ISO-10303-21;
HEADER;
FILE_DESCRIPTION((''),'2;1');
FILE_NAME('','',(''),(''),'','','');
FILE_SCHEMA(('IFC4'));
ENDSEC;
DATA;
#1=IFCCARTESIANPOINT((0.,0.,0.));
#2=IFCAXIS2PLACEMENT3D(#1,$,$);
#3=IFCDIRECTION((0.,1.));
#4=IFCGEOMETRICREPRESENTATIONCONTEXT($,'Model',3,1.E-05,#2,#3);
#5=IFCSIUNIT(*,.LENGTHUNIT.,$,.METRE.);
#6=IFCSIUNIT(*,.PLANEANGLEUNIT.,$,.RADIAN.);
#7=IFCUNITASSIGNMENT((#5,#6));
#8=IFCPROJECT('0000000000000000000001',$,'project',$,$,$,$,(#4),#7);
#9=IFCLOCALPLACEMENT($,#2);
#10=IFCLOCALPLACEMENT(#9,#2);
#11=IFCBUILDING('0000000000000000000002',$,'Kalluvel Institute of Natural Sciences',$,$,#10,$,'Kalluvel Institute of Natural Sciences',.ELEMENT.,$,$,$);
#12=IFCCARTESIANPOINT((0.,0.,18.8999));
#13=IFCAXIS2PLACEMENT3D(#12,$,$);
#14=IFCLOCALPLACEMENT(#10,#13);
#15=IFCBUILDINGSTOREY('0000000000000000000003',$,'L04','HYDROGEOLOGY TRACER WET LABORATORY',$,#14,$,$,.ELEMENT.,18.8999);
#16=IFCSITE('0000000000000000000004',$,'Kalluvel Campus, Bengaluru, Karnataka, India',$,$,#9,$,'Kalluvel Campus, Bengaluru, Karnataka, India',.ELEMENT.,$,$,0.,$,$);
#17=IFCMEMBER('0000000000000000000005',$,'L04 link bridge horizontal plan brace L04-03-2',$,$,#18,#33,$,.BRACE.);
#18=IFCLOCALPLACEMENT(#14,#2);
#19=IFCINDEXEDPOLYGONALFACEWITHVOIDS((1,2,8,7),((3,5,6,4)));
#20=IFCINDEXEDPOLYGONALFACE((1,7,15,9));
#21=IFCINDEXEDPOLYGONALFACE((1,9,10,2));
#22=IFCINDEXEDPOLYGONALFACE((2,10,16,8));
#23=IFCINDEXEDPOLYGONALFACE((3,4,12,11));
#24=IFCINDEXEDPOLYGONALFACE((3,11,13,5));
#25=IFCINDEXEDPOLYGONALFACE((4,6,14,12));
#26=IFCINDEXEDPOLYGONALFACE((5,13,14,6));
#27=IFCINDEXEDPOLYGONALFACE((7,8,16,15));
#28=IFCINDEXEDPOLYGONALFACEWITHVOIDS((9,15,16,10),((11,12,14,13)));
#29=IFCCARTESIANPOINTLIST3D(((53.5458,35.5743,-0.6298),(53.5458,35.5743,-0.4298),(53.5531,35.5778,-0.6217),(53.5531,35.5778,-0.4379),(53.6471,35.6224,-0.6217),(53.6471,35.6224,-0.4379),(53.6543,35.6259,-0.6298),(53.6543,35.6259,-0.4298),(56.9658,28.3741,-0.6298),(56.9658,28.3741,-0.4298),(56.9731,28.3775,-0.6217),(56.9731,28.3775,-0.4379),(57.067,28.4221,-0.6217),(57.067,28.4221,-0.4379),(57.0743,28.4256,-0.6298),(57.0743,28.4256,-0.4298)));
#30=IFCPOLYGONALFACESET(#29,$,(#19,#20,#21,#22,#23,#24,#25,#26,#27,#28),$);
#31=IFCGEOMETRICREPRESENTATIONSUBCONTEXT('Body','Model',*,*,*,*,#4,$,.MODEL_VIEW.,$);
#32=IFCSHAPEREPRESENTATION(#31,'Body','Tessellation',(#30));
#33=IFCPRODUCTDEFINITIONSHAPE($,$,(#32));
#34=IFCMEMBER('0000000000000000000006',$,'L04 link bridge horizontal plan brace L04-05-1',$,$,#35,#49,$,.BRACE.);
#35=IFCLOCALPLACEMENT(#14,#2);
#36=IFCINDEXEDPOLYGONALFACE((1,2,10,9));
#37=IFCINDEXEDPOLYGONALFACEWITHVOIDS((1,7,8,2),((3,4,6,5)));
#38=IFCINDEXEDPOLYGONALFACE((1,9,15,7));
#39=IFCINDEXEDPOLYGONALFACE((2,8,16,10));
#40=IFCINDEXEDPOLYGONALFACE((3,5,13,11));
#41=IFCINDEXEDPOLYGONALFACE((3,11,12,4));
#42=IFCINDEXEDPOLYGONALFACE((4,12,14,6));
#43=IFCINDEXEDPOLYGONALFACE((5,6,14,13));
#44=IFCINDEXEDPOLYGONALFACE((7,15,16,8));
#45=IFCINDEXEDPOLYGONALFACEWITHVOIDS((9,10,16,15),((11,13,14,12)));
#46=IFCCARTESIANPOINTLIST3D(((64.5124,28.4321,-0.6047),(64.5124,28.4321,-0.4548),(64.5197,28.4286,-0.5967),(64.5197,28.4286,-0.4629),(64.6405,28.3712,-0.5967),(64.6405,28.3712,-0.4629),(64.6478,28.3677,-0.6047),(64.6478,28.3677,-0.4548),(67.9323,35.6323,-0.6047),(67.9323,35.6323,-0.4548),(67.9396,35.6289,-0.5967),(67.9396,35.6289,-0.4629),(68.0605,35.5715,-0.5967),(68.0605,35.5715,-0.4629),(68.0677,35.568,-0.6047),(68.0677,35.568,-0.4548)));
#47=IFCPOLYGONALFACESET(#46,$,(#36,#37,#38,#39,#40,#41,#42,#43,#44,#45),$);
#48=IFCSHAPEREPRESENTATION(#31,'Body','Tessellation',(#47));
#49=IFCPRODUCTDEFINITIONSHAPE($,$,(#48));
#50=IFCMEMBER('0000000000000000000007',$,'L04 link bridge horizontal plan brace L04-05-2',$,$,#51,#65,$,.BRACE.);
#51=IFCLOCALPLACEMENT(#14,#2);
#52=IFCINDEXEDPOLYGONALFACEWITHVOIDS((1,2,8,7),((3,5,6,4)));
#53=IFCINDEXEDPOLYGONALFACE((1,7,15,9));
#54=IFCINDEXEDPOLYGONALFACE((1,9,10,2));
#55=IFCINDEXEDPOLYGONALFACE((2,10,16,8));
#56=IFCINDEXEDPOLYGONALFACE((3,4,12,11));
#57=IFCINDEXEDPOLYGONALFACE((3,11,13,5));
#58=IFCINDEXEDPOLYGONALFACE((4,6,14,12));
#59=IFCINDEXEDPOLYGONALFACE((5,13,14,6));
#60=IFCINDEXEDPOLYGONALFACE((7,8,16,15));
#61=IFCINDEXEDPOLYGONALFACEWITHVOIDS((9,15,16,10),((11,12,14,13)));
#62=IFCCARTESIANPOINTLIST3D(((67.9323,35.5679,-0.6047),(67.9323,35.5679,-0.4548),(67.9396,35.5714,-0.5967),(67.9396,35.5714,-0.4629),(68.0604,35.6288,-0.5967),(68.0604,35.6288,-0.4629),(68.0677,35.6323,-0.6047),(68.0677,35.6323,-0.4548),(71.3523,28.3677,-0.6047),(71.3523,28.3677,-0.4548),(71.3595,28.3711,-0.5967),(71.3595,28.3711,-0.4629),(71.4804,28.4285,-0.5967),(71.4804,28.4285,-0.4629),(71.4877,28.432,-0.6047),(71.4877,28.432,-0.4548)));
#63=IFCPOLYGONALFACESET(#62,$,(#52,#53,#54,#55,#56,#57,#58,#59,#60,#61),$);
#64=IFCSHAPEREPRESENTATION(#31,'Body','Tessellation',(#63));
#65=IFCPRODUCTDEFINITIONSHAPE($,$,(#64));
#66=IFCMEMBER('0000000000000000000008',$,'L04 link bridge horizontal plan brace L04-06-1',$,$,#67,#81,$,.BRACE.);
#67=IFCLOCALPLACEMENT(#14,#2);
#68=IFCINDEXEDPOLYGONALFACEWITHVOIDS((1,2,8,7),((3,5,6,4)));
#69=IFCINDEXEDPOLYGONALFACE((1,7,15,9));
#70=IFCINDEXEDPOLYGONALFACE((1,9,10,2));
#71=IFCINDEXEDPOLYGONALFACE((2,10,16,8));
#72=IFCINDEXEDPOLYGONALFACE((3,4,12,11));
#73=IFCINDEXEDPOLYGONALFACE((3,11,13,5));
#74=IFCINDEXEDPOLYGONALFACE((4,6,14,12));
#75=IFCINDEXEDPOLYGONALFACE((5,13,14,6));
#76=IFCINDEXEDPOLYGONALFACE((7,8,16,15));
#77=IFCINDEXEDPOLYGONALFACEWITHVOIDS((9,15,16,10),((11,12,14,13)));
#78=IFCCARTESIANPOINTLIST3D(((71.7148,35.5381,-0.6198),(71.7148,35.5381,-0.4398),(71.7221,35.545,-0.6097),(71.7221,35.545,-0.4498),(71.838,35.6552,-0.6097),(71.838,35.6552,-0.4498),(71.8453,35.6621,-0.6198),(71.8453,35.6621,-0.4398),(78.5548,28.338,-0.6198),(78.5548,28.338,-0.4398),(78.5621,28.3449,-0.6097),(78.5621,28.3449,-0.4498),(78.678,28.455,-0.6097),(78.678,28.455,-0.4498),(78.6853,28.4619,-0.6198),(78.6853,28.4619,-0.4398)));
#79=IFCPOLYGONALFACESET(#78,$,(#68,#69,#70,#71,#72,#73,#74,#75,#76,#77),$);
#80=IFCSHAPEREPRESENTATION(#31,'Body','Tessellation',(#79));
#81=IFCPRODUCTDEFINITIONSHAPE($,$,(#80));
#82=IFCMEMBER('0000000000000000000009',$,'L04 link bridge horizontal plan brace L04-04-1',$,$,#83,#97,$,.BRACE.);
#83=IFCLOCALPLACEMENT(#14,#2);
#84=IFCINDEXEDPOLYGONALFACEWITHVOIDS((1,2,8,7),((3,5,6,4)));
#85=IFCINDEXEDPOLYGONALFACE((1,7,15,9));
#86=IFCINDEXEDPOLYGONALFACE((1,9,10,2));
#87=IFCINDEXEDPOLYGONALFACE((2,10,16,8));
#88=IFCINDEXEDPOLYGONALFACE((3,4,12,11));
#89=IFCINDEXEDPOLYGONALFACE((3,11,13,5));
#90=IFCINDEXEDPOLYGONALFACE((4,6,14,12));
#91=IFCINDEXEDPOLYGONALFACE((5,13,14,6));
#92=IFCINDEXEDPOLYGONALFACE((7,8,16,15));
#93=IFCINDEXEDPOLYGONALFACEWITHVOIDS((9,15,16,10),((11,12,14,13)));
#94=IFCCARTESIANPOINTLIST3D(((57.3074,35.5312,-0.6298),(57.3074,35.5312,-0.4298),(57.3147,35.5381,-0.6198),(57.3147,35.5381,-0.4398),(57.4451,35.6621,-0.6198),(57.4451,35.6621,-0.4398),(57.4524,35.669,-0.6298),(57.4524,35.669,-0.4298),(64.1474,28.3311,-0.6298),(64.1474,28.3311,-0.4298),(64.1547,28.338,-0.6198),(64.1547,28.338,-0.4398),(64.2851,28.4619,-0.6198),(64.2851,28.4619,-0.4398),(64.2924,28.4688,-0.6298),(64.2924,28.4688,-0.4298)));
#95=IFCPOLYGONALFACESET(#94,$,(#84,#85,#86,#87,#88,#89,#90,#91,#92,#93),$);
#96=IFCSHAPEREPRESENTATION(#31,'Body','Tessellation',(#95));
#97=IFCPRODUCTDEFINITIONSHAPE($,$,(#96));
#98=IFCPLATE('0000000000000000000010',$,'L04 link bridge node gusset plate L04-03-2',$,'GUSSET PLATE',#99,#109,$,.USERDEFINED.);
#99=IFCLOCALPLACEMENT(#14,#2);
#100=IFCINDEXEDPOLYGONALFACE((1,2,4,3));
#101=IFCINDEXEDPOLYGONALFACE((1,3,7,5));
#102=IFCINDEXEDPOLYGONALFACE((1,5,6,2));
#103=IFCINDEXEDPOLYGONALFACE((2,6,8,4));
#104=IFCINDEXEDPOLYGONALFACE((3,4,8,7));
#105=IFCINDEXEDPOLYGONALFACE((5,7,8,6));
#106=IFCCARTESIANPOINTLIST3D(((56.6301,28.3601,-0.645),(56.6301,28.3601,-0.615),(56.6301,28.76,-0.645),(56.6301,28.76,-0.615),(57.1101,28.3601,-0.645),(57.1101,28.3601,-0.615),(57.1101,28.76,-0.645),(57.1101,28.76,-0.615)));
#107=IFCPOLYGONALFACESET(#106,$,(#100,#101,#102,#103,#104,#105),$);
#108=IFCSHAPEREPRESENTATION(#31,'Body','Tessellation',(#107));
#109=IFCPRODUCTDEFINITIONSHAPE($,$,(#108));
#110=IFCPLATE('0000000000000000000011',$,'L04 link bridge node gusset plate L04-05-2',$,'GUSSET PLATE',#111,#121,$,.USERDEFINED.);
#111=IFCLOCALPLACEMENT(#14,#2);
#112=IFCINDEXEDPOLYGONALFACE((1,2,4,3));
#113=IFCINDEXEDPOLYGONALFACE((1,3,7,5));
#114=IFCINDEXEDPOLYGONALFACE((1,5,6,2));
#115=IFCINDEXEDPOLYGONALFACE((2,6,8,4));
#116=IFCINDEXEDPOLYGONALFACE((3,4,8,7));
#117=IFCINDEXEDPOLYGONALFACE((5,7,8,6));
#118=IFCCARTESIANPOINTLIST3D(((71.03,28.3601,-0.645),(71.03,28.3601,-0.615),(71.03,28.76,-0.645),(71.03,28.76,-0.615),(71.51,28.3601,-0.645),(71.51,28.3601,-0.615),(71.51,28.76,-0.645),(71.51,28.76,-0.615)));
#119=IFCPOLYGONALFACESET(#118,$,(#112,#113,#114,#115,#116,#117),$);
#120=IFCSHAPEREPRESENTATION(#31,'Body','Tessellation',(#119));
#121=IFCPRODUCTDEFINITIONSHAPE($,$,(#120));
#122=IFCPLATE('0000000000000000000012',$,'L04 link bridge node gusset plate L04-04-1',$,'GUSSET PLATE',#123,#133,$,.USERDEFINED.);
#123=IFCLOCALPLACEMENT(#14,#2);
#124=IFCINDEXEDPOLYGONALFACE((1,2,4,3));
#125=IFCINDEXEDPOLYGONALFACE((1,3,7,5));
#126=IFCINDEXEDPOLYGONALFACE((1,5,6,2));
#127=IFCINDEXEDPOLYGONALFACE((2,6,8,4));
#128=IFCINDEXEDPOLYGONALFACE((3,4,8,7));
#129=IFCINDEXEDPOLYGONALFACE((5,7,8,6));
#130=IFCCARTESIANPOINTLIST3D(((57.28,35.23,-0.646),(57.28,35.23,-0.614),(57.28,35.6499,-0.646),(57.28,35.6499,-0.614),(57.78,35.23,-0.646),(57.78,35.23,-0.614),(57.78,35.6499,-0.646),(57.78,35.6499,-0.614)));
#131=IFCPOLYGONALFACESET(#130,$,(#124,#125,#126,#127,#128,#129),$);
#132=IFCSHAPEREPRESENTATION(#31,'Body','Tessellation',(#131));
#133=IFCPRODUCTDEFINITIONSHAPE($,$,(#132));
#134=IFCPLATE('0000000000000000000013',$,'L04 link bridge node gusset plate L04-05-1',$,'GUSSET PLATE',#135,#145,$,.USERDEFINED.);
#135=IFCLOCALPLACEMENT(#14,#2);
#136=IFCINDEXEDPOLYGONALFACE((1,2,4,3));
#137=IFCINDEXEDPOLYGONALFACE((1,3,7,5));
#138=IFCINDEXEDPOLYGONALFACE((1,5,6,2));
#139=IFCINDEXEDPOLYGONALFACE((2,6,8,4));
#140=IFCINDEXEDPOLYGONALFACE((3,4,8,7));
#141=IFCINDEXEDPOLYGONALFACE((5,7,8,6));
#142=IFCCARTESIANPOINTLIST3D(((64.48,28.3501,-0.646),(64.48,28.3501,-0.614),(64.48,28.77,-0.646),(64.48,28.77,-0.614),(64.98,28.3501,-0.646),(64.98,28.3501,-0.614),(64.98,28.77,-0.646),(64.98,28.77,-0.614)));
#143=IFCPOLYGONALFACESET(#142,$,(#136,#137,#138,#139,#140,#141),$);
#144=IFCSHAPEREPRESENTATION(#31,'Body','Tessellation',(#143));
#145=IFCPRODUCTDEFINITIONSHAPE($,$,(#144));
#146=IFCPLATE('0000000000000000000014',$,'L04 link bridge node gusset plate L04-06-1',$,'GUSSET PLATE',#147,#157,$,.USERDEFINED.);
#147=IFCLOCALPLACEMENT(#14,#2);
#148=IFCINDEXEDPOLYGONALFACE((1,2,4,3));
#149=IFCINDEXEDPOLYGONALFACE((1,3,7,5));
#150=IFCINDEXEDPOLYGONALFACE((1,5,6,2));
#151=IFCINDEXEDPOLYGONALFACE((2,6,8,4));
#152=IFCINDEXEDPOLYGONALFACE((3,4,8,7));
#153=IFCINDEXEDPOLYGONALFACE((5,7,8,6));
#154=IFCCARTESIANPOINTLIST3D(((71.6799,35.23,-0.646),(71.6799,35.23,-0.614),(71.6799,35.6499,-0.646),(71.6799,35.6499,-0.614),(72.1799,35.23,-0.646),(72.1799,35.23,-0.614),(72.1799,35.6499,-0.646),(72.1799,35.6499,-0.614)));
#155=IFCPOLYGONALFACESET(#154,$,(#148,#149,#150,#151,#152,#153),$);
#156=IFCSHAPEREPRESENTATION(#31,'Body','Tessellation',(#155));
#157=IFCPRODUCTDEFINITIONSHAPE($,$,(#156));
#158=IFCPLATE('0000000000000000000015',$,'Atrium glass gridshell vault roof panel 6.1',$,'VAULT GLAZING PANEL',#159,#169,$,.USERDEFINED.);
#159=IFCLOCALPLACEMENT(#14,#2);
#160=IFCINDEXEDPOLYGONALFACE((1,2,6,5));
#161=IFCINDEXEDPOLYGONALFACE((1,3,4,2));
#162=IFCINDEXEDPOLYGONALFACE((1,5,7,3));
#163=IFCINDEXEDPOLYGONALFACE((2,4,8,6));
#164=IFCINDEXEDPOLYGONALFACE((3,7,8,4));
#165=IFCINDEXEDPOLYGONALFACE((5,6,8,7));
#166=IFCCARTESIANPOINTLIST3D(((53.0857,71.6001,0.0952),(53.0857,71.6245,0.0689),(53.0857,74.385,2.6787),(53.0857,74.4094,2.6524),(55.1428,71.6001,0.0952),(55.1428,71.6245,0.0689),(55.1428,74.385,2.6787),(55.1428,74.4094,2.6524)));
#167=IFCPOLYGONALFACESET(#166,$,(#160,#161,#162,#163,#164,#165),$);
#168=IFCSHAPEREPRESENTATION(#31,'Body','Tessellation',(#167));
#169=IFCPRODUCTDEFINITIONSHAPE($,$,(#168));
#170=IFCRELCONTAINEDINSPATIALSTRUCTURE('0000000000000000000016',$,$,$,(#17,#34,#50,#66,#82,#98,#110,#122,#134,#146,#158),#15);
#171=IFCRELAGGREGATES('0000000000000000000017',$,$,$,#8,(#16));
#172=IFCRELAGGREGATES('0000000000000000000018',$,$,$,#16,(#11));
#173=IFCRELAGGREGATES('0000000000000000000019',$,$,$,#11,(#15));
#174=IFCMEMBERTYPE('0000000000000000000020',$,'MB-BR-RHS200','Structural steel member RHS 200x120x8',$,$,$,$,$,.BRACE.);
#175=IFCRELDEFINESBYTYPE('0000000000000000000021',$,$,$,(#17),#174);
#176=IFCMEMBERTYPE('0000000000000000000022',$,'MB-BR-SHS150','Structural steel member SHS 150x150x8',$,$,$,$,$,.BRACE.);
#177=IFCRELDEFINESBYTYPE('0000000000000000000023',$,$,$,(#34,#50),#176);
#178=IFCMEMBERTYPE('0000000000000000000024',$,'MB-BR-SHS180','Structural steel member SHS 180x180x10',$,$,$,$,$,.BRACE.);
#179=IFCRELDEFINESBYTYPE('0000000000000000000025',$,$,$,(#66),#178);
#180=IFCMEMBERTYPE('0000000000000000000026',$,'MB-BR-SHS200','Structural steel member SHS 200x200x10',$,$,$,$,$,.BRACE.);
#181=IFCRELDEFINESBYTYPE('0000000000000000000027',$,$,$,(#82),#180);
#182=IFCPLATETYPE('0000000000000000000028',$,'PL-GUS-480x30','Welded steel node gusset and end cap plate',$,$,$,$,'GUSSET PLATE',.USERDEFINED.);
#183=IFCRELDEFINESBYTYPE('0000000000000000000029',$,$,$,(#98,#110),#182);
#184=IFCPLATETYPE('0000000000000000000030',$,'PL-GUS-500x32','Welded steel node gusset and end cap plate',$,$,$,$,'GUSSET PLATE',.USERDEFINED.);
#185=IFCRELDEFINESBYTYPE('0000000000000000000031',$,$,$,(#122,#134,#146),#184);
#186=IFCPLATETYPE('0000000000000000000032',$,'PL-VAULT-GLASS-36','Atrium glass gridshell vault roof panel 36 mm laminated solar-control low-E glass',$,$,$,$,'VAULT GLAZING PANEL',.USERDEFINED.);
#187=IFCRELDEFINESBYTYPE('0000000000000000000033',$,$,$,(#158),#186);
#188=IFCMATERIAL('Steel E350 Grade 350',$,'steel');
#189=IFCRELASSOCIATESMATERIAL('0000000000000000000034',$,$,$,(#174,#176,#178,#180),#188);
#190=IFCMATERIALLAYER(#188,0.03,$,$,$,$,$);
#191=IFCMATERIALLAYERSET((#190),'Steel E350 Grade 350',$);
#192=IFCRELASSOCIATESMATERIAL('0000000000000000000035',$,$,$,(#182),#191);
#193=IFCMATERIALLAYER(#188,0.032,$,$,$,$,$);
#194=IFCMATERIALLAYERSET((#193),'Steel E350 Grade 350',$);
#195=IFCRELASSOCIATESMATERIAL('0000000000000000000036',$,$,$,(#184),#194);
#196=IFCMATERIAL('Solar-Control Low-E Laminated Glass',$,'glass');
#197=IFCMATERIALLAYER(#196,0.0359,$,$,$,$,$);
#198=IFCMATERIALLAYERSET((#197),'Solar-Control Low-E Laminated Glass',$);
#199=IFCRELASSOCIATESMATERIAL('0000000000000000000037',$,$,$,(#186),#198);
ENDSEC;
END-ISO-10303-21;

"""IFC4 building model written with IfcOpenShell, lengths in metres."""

from ifc_helpers import new_model, si_unit, direction, frame, origin, origin_2d, place, context, subcontext, project, spatial, polyline, rectangle, hollow_rectangle, outline, extrude, material, layer, layer_set, material_profile, profile_set, type_object, element, save


model = new_model("IFC4")

# Units and contexts
model_context = context("Model", 3, precision=1e-05, world=origin(), true_north=direction((0.0, 1.0)))
body_context = subcontext(model_context, "Body", "Model", "MODEL_VIEW")
ifc_project = project(units=[si_unit("LENGTHUNIT", "METRE"), si_unit("PLANEANGLEUNIT", "RADIAN")], contexts=[model_context])

# Site, building, storey
site_placement = place(None, origin())
site = spatial("IfcSite", under=ifc_project, at=site_placement, Name="Kalluvel Campus, Bengaluru, Karnataka, India", LongName="Kalluvel Campus, Bengaluru, Karnataka, India", CompositionType="ELEMENT", RefElevation=0.0)
building_placement = place(site_placement, origin())
building = spatial("IfcBuilding", under=site, at=building_placement, Name="Kalluvel Institute of Natural Sciences", LongName="Kalluvel Institute of Natural Sciences", CompositionType="ELEMENT")
storey_placement = place(building_placement, frame((0.0, 0.0, 18.8999)))
storey = spatial("IfcBuildingStorey", under=building, at=storey_placement, Name="L04", Description="HYDROGEOLOGY TRACER WET LABORATORY", CompositionType="ELEMENT", Elevation=18.8999)

# Shared definitions
ifc_material_1 = material(Name="Steel E350 Grade 350", Category="steel")

# Members
ifc_material_profile_1 = material_profile(ifc_material_1, hollow_rectangle(XDim=0.1201, YDim=0.2, WallThickness=0.0081, at=origin_2d()), Name="RHS 200x120x8")
ifc_profile_set_1 = profile_set([ifc_material_profile_1], Name="Steel E350 Grade 350")
member_type_1 = type_object("IfcMemberType", Name="MB-BR-RHS200", Description="Structural steel member RHS 200x120x8", PredefinedType="BRACE", material=ifc_profile_set_1)
member_1_placement = place(storey_placement, frame((53.6001, 35.6001, -0.5298), z_axis=(0.429039, -0.903286, 0.0), x_axis=(0.903286, 0.429039, 0.0)))
element("IfcMember", 1, at=member_1_placement, inside=storey, type_object=member_type_1, Name="L04 link bridge horizontal plan brace L04-03-2", PredefinedType="BRACE", context=body_context, shape_type="SweptSolid", body=[
    extrude(hollow_rectangle(XDim=0.1201, YDim=0.2, WallThickness=0.0081, at=origin_2d()), origin(), (0.0, 0.0, 1.0), 7.9712),
])
ifc_material_profile_2 = material_profile(ifc_material_1, hollow_rectangle(XDim=0.1499, YDim=0.1499, WallThickness=0.0081, at=origin_2d()), Name="SHS 150x150x8")
ifc_profile_set_2 = profile_set([ifc_material_profile_2], Name="Steel E350 Grade 350")
member_type_2 = type_object("IfcMemberType", Name="MB-BR-SHS150", Description="Structural steel member SHS 150x150x8", PredefinedType="BRACE", material=ifc_profile_set_2)
for number, where, z_axis, x_axis, name in (
    (2, (64.5801, 28.3999, -0.5298), (0.429039, 0.903286, 0.0), (-0.903286, 0.429039, 0.0), "L04 link bridge horizontal plan brace L04-05-1"),
    (3, (68.0, 35.6001, -0.5298), (0.429039, -0.903286, 0.0), (0.903286, 0.429039, 0.0), "L04 link bridge horizontal plan brace L04-05-2"),
):
    element("IfcMember", number, at=place(storey_placement, frame(where, z_axis=z_axis, x_axis=x_axis)), inside=storey, type_object=member_type_2, Name=name, PredefinedType="BRACE", context=body_context, shape_type="SweptSolid", body=[
        extrude(hollow_rectangle(XDim=0.1499, YDim=0.1499, WallThickness=0.0081, at=origin_2d()), origin(), (0.0, 0.0, 1.0), 7.9712),
    ])
ifc_material_profile_3 = material_profile(ifc_material_1, hollow_rectangle(XDim=0.1799, YDim=0.1799, WallThickness=0.01, at=origin_2d()), Name="SHS 180x180x10")
ifc_profile_set_3 = profile_set([ifc_material_profile_3], Name="Steel E350 Grade 350")
member_type_3 = type_object("IfcMemberType", Name="MB-BR-SHS180", Description="Structural steel member SHS 180x180x10", PredefinedType="BRACE", material=ifc_profile_set_3)
member_2_placement = place(storey_placement, frame((71.78, 35.6001, -0.5298), z_axis=(0.688744, -0.725004, 0.0), x_axis=(0.725004, 0.688744, 0.0)))
element("IfcMember", 4, at=member_2_placement, inside=storey, type_object=member_type_3, Name="L04 link bridge horizontal plan brace L04-06-1", PredefinedType="BRACE", context=body_context, shape_type="SweptSolid", body=[
    extrude(hollow_rectangle(XDim=0.1799, YDim=0.1799, WallThickness=0.01, at=origin_2d()), origin(), (0.0, 0.0, 1.0), 9.9312),
])
ifc_material_profile_4 = material_profile(ifc_material_1, hollow_rectangle(XDim=0.2, YDim=0.2, WallThickness=0.01, at=origin_2d()), Name="SHS 200x200x10")
ifc_profile_set_4 = profile_set([ifc_material_profile_4], Name="Steel E350 Grade 350")
member_type_4 = type_object("IfcMemberType", Name="MB-BR-SHS200", Description="Structural steel member SHS 200x200x10", PredefinedType="BRACE", material=ifc_profile_set_4)
member_3_placement = place(storey_placement, frame((57.3799, 35.6001, -0.5298), z_axis=(0.688744, -0.725004, 0.0), x_axis=(0.725004, 0.688744, 0.0)))
element("IfcMember", 5, at=member_3_placement, inside=storey, type_object=member_type_4, Name="L04 link bridge horizontal plan brace L04-04-1", PredefinedType="BRACE", context=body_context, shape_type="SweptSolid", body=[
    extrude(hollow_rectangle(XDim=0.2, YDim=0.2, WallThickness=0.01, at=origin_2d()), origin(), (0.0, 0.0, 1.0), 9.9312),
])

# Plates
ifc_layer_1 = layer(ifc_material_1, 0.03)
ifc_layer_set_1 = layer_set([ifc_layer_1], Name="Steel E350 Grade 350")
plate_type_1 = type_object("IfcPlateType", Name="PL-GUS-480x30", Description="Welded steel node gusset and end cap plate", ElementType="GUSSET PLATE", PredefinedType="USERDEFINED", material=ifc_layer_set_1)
for number, where, z_axis, x_axis, name in (
    (6, (56.8701, 28.5601, -0.645), (0.0, 0.0, 1.0), (1.0, 0.0, 0.0), "L04 link bridge node gusset plate L04-03-2"),
    (7, (71.27, 28.5601, -0.645), (0.0, 0.0, 1.0), (1.0, 0.0, 0.0), "L04 link bridge node gusset plate L04-05-2"),
):
    element("IfcPlate", number, at=place(storey_placement, frame(where, z_axis=z_axis, x_axis=x_axis)), inside=storey, type_object=plate_type_1, Name=name, ObjectType="GUSSET PLATE", PredefinedType="USERDEFINED", context=body_context, shape_type="SweptSolid", body=[
        extrude(rectangle(XDim=0.48, YDim=0.3999, at=origin_2d()), origin(), (0.0, 0.0, 1.0), 0.03),
    ])
ifc_layer_2 = layer(ifc_material_1, 0.032)
ifc_layer_set_2 = layer_set([ifc_layer_2], Name="Steel E350 Grade 350")
plate_type_2 = type_object("IfcPlateType", Name="PL-GUS-500x32", Description="Welded steel node gusset and end cap plate", ElementType="GUSSET PLATE", PredefinedType="USERDEFINED", material=ifc_layer_set_2)
for number, where, z_axis, x_axis, name in (
    (8, (57.53, 35.4399, -0.646), (0.0, 0.0, 1.0), (1.0, 0.0, 0.0), "L04 link bridge node gusset plate L04-04-1"),
    (9, (64.73, 28.5601, -0.646), (0.0, 0.0, 1.0), (1.0, 0.0, 0.0), "L04 link bridge node gusset plate L04-05-1"),
    (10, (71.9299, 35.4399, -0.646), (0.0, 0.0, 1.0), (1.0, 0.0, 0.0), "L04 link bridge node gusset plate L04-06-1"),
):
    element("IfcPlate", number, at=place(storey_placement, frame(where, z_axis=z_axis, x_axis=x_axis)), inside=storey, type_object=plate_type_2, Name=name, ObjectType="GUSSET PLATE", PredefinedType="USERDEFINED", context=body_context, shape_type="SweptSolid", body=[
        extrude(rectangle(XDim=0.5, YDim=0.4199, at=origin_2d()), origin(), (0.0, 0.0, 1.0), 0.032),
    ])
ifc_material_2 = material(Name="Solar-Control Low-E Laminated Glass", Category="glass")
ifc_layer_3 = layer(ifc_material_2, 0.0359)
ifc_layer_set_3 = layer_set([ifc_layer_3], Name="Solar-Control Low-E Laminated Glass")
plate_type_3 = type_object("IfcPlateType", Name="PL-VAULT-GLASS-36", Description="Atrium glass gridshell vault roof panel 36 mm laminated solar-control low-E glass", ElementType="VAULT GLAZING PANEL", PredefinedType="USERDEFINED", material=ifc_layer_set_3)
plate_placement = place(storey_placement, frame((53.0857, 71.6001, 0.0952), z_axis=(0.0, -0.680099, 0.733121), x_axis=(1.0, 0.0, 0.0)))
element("IfcPlate", 11, at=plate_placement, inside=storey, type_object=plate_type_3, Name="Atrium glass gridshell vault roof panel 6.1", ObjectType="VAULT GLAZING PANEL", PredefinedType="USERDEFINED", context=body_context, shape_type="SweptSolid", body=[
    extrude(outline(polyline([(0.0, 0.0), (2.0571, 0.0), (2.0571, 3.7987), (0.0, 3.7987), (0.0, 0.0)])), origin(), (0.0, 0.0, -1.0), 0.0359),
])

save(model, "model.ifc")
